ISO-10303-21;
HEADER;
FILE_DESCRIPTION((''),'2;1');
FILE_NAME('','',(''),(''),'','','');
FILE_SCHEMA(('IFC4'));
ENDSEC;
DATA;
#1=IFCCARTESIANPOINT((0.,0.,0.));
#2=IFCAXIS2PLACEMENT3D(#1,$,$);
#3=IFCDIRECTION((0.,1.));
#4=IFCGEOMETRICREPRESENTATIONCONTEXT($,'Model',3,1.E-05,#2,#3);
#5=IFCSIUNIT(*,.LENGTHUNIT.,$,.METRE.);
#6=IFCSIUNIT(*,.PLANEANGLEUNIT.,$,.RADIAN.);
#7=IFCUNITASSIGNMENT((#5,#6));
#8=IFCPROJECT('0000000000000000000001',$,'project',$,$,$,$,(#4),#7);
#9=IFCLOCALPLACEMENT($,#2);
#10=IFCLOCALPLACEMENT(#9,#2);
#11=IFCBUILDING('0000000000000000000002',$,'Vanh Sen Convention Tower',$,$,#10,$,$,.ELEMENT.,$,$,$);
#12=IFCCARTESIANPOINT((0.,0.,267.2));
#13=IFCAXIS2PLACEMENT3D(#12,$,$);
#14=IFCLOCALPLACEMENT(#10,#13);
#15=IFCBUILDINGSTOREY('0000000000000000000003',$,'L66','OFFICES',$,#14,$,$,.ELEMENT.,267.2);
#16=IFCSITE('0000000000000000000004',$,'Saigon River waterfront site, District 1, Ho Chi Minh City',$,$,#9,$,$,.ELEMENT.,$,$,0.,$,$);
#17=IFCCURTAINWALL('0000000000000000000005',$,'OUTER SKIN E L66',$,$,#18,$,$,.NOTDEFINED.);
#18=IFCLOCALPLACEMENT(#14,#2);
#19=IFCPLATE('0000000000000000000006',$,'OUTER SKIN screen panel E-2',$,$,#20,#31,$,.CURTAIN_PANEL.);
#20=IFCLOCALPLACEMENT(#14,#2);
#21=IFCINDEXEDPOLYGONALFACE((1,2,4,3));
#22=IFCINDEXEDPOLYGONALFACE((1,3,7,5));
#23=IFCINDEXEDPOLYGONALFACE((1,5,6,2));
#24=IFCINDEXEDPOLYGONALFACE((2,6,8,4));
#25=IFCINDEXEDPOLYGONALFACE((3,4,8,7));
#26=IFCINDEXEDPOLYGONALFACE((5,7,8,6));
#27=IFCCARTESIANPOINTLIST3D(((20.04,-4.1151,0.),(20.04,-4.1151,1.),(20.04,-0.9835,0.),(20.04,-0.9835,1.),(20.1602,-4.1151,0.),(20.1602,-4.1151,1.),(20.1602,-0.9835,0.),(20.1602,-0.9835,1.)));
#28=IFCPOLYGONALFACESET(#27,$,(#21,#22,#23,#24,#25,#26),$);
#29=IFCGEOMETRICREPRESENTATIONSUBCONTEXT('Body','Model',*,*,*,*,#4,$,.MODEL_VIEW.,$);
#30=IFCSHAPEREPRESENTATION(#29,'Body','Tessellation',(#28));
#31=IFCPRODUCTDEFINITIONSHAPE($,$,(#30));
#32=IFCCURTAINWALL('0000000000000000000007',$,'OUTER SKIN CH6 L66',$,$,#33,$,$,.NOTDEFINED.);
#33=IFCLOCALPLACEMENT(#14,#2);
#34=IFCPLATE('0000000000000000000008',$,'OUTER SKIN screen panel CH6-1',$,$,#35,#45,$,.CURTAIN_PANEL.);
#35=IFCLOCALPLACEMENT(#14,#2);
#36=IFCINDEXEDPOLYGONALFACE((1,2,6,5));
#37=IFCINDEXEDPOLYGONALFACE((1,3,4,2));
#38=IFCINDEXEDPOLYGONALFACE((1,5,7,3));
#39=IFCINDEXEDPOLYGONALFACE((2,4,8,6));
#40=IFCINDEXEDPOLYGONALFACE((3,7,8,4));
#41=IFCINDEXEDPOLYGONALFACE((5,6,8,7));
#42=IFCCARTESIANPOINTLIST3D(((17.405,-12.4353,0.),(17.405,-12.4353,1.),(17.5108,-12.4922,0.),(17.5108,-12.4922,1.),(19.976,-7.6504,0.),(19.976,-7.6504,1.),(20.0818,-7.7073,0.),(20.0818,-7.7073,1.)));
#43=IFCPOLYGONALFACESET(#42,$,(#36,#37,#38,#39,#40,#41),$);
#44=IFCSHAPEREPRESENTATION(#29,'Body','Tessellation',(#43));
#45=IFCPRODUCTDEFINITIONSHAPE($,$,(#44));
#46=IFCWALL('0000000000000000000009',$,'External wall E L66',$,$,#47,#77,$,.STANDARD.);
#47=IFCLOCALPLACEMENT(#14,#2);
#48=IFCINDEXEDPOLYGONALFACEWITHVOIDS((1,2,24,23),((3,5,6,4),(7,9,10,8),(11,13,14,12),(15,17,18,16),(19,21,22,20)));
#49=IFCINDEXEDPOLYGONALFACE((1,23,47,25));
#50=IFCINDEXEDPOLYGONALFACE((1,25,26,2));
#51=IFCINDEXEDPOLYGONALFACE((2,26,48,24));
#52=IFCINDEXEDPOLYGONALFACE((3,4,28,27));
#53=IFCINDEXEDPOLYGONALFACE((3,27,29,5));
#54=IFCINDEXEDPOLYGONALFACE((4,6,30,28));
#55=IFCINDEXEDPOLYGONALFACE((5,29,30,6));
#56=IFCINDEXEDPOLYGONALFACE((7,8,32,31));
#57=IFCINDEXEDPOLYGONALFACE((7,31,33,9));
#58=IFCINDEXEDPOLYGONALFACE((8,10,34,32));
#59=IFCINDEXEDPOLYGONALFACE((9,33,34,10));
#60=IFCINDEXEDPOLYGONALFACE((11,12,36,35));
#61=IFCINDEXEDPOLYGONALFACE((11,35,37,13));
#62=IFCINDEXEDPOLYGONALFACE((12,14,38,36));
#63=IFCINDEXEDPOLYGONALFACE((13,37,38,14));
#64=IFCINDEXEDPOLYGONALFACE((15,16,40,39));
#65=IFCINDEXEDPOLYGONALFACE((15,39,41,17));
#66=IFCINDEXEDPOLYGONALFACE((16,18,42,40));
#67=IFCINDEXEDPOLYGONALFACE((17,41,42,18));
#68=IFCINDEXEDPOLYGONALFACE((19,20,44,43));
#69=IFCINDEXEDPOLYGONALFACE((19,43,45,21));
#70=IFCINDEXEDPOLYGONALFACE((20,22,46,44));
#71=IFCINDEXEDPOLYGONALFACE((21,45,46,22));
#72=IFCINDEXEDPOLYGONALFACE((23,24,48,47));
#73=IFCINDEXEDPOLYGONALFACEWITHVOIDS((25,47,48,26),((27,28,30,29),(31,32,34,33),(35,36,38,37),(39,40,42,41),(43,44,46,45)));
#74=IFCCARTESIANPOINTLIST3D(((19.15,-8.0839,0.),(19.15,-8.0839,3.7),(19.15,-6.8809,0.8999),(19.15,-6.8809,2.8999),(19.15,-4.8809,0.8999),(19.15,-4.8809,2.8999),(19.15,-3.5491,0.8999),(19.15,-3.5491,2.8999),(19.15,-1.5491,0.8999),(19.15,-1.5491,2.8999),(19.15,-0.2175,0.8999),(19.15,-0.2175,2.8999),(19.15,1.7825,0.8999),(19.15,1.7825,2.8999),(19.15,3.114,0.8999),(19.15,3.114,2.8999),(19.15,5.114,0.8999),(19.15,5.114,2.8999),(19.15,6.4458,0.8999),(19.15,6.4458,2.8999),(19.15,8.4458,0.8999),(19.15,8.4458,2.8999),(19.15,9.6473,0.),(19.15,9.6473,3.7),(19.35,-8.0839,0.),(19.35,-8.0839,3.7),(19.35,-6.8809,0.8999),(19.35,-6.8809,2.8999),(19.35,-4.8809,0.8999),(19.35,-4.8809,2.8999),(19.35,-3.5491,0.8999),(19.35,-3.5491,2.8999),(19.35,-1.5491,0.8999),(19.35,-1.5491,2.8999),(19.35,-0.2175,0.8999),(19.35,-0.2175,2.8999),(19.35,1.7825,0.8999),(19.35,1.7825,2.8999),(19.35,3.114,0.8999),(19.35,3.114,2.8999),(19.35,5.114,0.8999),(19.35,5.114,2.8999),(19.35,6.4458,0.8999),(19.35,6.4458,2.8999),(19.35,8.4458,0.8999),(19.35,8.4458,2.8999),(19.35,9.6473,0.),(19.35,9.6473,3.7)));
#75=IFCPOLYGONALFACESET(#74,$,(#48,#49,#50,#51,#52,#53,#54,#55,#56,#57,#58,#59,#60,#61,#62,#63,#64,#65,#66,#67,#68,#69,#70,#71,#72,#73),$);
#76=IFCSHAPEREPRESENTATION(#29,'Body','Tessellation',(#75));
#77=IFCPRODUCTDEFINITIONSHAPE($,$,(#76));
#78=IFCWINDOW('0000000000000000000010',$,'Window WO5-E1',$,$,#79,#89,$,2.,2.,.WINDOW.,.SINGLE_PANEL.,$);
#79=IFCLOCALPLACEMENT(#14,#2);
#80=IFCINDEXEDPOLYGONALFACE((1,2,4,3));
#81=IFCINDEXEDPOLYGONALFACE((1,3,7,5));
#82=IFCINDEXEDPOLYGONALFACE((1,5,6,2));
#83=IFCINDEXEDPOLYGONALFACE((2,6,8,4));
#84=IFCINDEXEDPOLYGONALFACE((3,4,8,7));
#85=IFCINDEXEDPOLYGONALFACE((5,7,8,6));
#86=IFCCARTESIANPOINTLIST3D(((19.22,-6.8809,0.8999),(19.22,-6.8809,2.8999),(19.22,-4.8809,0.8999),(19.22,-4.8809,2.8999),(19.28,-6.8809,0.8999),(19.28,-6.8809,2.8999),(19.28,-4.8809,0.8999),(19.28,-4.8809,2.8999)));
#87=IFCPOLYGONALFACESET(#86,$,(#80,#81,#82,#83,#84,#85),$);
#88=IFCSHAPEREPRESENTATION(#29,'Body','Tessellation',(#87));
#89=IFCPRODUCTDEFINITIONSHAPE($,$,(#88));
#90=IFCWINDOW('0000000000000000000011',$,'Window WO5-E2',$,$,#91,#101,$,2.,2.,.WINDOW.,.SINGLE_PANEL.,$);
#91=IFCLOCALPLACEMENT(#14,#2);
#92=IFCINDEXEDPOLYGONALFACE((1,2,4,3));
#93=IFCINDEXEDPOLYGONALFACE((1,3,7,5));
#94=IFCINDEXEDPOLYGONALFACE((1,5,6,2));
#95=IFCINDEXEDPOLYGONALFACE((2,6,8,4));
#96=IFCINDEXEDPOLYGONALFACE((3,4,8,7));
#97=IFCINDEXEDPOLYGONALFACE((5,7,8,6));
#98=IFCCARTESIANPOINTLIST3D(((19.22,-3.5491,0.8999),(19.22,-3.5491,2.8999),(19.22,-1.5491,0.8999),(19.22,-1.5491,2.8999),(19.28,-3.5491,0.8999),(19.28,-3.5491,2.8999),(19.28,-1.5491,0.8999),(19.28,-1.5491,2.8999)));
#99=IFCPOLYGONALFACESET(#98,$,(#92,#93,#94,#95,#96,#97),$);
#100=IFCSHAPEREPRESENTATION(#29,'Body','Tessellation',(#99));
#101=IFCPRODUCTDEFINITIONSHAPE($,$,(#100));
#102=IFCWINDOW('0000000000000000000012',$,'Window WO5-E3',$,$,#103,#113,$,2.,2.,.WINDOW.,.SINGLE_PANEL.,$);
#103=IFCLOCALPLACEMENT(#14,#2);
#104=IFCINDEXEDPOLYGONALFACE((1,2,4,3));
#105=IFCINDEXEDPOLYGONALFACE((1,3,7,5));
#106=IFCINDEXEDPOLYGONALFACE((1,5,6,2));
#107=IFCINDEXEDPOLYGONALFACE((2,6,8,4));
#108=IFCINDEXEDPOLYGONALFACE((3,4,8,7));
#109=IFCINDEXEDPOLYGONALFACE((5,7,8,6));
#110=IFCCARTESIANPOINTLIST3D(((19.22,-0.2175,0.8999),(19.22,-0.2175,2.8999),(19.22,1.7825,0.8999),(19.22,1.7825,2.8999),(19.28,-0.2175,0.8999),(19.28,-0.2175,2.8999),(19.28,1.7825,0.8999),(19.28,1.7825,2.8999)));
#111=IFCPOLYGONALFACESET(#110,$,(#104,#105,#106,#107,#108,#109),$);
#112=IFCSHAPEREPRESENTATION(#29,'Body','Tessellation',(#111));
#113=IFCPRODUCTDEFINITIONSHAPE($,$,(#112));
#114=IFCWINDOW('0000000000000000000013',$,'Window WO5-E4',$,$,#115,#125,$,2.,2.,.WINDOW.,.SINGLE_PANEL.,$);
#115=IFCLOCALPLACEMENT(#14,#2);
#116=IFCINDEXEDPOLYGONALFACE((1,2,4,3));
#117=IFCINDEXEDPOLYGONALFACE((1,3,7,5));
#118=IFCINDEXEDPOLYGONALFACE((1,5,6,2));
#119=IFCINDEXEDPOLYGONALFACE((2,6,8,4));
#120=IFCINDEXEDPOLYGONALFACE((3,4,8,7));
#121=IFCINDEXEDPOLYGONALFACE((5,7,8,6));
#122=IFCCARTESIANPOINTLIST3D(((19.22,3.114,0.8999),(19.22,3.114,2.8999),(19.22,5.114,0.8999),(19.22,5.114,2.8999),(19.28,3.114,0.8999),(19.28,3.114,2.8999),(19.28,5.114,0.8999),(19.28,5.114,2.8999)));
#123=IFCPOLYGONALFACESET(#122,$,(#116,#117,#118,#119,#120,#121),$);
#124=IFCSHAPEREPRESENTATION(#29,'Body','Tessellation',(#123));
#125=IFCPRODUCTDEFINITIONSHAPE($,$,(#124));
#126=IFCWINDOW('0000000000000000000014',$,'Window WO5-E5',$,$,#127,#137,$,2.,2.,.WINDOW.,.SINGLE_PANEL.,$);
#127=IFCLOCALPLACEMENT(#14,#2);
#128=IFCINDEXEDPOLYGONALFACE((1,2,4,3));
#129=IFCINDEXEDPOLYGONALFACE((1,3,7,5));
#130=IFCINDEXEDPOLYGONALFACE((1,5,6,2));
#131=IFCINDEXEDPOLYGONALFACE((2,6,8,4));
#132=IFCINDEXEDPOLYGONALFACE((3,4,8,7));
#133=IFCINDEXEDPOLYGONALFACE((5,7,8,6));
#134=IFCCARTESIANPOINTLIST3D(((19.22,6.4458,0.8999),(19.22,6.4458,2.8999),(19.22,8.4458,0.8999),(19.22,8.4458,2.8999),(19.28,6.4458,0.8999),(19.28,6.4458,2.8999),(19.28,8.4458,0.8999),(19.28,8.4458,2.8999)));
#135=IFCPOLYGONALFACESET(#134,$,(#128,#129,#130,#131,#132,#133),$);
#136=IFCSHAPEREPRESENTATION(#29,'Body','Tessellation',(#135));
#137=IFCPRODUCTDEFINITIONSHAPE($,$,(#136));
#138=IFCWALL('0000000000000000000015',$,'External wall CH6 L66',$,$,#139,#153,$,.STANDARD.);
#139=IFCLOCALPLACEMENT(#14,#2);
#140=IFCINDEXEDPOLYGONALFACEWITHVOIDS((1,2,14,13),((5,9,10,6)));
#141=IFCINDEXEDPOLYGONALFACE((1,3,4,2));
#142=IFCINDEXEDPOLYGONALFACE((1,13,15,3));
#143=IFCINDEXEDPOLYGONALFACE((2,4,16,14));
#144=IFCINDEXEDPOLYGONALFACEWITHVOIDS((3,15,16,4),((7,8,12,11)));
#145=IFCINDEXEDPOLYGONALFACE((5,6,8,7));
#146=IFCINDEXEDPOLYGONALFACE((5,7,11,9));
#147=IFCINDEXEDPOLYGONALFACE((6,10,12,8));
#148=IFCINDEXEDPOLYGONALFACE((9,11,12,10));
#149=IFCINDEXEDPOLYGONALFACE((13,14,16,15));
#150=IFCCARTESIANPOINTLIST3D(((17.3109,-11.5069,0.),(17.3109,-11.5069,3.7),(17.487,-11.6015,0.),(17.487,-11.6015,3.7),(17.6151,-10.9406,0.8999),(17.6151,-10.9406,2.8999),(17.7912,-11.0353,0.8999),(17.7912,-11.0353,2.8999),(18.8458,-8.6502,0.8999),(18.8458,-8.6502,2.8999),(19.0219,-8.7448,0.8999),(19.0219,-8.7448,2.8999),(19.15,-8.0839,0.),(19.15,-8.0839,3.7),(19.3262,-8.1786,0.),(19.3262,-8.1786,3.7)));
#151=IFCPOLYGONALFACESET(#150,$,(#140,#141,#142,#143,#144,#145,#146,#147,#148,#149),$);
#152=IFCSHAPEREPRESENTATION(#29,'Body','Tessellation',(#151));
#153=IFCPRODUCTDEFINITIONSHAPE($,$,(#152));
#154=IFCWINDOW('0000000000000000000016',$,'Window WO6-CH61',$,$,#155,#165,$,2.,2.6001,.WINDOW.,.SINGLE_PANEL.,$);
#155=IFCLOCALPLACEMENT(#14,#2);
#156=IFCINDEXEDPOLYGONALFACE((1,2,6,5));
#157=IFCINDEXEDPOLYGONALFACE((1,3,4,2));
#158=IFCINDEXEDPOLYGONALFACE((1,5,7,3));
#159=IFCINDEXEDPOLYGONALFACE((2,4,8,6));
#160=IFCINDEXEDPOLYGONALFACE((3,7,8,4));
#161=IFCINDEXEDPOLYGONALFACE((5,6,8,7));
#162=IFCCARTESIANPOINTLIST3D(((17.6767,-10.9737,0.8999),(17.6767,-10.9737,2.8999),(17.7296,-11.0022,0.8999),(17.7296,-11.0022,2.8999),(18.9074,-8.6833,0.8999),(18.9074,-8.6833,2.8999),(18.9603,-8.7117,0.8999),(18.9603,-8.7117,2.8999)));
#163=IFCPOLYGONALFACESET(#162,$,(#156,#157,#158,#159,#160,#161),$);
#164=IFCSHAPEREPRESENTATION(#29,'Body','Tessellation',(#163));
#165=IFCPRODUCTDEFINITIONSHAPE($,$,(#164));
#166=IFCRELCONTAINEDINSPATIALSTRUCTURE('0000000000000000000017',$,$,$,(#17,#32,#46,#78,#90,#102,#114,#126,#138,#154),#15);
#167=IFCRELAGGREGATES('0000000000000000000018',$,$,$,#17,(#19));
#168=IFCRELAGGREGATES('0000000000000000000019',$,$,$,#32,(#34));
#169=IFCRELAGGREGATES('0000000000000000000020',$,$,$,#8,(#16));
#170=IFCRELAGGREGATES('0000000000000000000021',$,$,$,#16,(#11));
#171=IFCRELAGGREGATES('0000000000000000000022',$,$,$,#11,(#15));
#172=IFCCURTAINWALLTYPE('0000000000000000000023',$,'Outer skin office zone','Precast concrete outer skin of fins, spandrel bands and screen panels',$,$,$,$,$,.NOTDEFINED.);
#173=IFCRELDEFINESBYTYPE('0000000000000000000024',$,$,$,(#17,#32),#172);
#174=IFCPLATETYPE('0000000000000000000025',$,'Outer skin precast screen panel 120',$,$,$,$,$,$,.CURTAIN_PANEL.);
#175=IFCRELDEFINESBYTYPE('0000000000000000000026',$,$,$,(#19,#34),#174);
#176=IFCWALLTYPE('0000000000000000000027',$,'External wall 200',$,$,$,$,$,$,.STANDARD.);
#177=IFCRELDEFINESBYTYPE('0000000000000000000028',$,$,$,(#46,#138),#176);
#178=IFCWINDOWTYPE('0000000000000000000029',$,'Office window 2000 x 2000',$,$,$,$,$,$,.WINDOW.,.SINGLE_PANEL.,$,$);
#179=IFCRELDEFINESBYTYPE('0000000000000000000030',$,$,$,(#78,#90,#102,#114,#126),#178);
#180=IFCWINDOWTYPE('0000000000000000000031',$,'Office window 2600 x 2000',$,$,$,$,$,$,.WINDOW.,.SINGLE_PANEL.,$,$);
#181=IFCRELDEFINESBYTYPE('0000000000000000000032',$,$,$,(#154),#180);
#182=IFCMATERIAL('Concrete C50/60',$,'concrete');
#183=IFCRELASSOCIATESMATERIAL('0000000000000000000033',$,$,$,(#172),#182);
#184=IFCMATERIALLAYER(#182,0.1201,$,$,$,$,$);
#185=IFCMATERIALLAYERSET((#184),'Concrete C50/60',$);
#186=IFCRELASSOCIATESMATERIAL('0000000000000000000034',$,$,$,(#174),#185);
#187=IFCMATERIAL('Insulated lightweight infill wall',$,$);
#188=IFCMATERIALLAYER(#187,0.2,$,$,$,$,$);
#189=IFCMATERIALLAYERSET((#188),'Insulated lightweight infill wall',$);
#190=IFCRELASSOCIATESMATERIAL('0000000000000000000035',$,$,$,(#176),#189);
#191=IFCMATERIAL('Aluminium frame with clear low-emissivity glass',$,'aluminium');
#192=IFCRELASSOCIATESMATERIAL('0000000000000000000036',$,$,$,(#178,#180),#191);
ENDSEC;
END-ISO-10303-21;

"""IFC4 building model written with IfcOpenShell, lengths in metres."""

from ifc_helpers import new_model, si_unit, direction, frame, frame_2d, origin, origin_2d, place, context, subcontext, project, spatial, rectangle, extrude, material, layer, layer_set, type_object, element, fill, aggregate, save


model = new_model("IFC4")

# Units and contexts
model_context = context("Model", 3, precision=1e-05, world=origin(), true_north=direction((0.0, 1.0)))
body_context = subcontext(model_context, "Body", "Model", "MODEL_VIEW")
ifc_project = project(units=[si_unit("LENGTHUNIT", "METRE"), si_unit("PLANEANGLEUNIT", "RADIAN")], contexts=[model_context])

# Site, building, storey
site_placement = place(None, origin())
site = spatial("IfcSite", under=ifc_project, at=site_placement, Name="Saigon River waterfront site, District 1, Ho Chi Minh City", CompositionType="ELEMENT", RefElevation=0.0)
building_placement = place(site_placement, origin())
building = spatial("IfcBuilding", under=site, at=building_placement, Name="Vanh Sen Convention Tower", CompositionType="ELEMENT")
storey_placement = place(building_placement, frame((0.0, 0.0, 267.2)))
storey = spatial("IfcBuildingStorey", under=building, at=storey_placement, Name="L66", Description="OFFICES", CompositionType="ELEMENT", Elevation=267.2)

# Curtain wall
ifc_material_1 = material(Name="Concrete C50/60", Category="concrete")
curtain_wall_type = type_object("IfcCurtainWallType", Name="Outer skin office zone", Description="Precast concrete outer skin of fins, spandrel bands and screen panels", PredefinedType="NOTDEFINED", material=ifc_material_1)
curtain_wall_1_placement = place(storey_placement, origin())
curtain_wall_1 = element("IfcCurtainWall", 1, at=curtain_wall_1_placement, inside=storey, type_object=curtain_wall_type, Name="OUTER SKIN E L66", PredefinedType="NOTDEFINED")

# Plate
ifc_layer_1 = layer(ifc_material_1, 0.1201)
ifc_layer_set_1 = layer_set([ifc_layer_1], Name="Concrete C50/60")
plate_type = type_object("IfcPlateType", Name="Outer skin precast screen panel 120", PredefinedType="CURTAIN_PANEL", material=ifc_layer_set_1)
plate_1_placement = place(storey_placement, frame((20.1001, -2.5493, 0.0), z_axis=(0.0, 0.0, 1.0), x_axis=(0.0, 1.0, 0.0)))
plate_1 = element("IfcPlate", 2, at=plate_1_placement, type_object=plate_type, Name="OUTER SKIN screen panel E-2", PredefinedType="CURTAIN_PANEL", context=body_context, shape_type="SweptSolid", body=[
    extrude(rectangle(XDim=3.1316, YDim=0.1201, at=origin_2d()), origin(), (0.0, 0.0, 1.0), 1.0),
])
aggregate(curtain_wall_1, [plate_1])

# Curtain wall, plate
curtain_wall_2_placement = place(storey_placement, origin())
curtain_wall_2 = element("IfcCurtainWall", 3, at=curtain_wall_2_placement, inside=storey, type_object=curtain_wall_type, Name="OUTER SKIN CH6 L66", PredefinedType="NOTDEFINED")
plate_2_placement = place(storey_placement, frame((18.7434, -10.0713, 0.0), z_axis=(0.0, 0.0, 1.0), x_axis=(0.473324, 0.880888, 0.0)))
plate_2 = element("IfcPlate", 4, at=plate_2_placement, type_object=plate_type, Name="OUTER SKIN screen panel CH6-1", PredefinedType="CURTAIN_PANEL", context=body_context, shape_type="SweptSolid", body=[
    extrude(rectangle(XDim=5.4319, YDim=0.1201, at=origin_2d()), origin(), (0.0, 0.0, 1.0), 1.0),
])
aggregate(curtain_wall_2, [plate_2])

# Wall, openings, windows
ifc_material_2 = material(Name="Insulated lightweight infill wall")
ifc_layer_2 = layer(ifc_material_2, 0.2)
ifc_layer_set_2 = layer_set([ifc_layer_2], Name="Insulated lightweight infill wall")
wall_type = type_object("IfcWallType", Name="External wall 200", PredefinedType="STANDARD", material=ifc_layer_set_2)
wall_1_placement = place(storey_placement, frame((19.25, -8.084, 0.0), z_axis=(0.0, 0.0, 1.0), x_axis=(0.0, 1.0, 0.0)))
wall_1 = element("IfcWall", 5, at=wall_1_placement, inside=storey, type_object=wall_type, Name="External wall E L66", PredefinedType="STANDARD", context=body_context, shape_type="SweptSolid", body=[
    extrude(rectangle(XDim=17.7312, YDim=0.2, at=frame_2d((8.8657, 0.0))), origin(), (0.0, 0.0, 1.0), 3.7),
])
opening_1_placement = place(wall_1_placement, frame((1.2031, 0.0, 0.8999)))
opening_1 = element("IfcOpeningElement", 6, at=opening_1_placement, cuts=wall_1, PredefinedType="OPENING", context=body_context, shape_type="SweptSolid", body=[
    extrude(rectangle(XDim=2.0, YDim=2.0, at=frame_2d((1.0, 1.0))), frame((0.0, 0.1099, 0.0), z_axis=(0.0, -1.0, 0.0), x_axis=(1.0, 0.0, 0.0)), (0.0, 0.0, 1.0), 0.22),
])
opening_2_placement = place(wall_1_placement, frame((4.5349, 0.0, 0.8999)))
opening_2 = element("IfcOpeningElement", 7, at=opening_2_placement, cuts=wall_1, PredefinedType="OPENING", context=body_context, shape_type="SweptSolid", body=[
    extrude(rectangle(XDim=2.0, YDim=2.0, at=frame_2d((1.0, 1.0))), frame((0.0, 0.1099, 0.0), z_axis=(0.0, -1.0, 0.0), x_axis=(1.0, 0.0, 0.0)), (0.0, 0.0, 1.0), 0.22),
])
opening_3_placement = place(wall_1_placement, frame((7.8665, 0.0, 0.8999)))
opening_3 = element("IfcOpeningElement", 8, at=opening_3_placement, cuts=wall_1, PredefinedType="OPENING", context=body_context, shape_type="SweptSolid", body=[
    extrude(rectangle(XDim=2.0, YDim=2.0, at=frame_2d((1.0, 1.0))), frame((0.0, 0.1099, 0.0), z_axis=(0.0, -1.0, 0.0), x_axis=(1.0, 0.0, 0.0)), (0.0, 0.0, 1.0), 0.22),
])
opening_4_placement = place(wall_1_placement, frame((11.198, 0.0, 0.8999)))
opening_4 = element("IfcOpeningElement", 9, at=opening_4_placement, cuts=wall_1, PredefinedType="OPENING", context=body_context, shape_type="SweptSolid", body=[
    extrude(rectangle(XDim=2.0, YDim=2.0, at=frame_2d((1.0, 1.0))), frame((0.0, 0.1099, 0.0), z_axis=(0.0, -1.0, 0.0), x_axis=(1.0, 0.0, 0.0)), (0.0, 0.0, 1.0), 0.22),
])
opening_5_placement = place(wall_1_placement, frame((14.5298, 0.0, 0.8999)))
opening_5 = element("IfcOpeningElement", 10, at=opening_5_placement, cuts=wall_1, PredefinedType="OPENING", context=body_context, shape_type="SweptSolid", body=[
    extrude(rectangle(XDim=2.0, YDim=2.0, at=frame_2d((1.0, 1.0))), frame((0.0, 0.1099, 0.0), z_axis=(0.0, -1.0, 0.0), x_axis=(1.0, 0.0, 0.0)), (0.0, 0.0, 1.0), 0.22),
])
ifc_material_3 = material(Name="Aluminium frame with clear low-emissivity glass", Category="aluminium")
window_type_1 = type_object("IfcWindowType", Name="Office window 2000 x 2000", PartitioningType="SINGLE_PANEL", PredefinedType="WINDOW", material=ifc_material_3)
window_1_placement = place(opening_1_placement, origin())
window_1 = element("IfcWindow", 11, at=window_1_placement, inside=storey, type_object=window_type_1, Name="Window WO5-E1", OverallHeight=2.0, OverallWidth=2.0, PartitioningType="SINGLE_PANEL", PredefinedType="WINDOW", context=body_context, shape_type="SweptSolid", body=[
    extrude(rectangle(XDim=2.0, YDim=2.0, at=frame_2d((1.0, 1.0))), frame((0.0, 0.03, 0.0), z_axis=(0.0, -1.0, 0.0), x_axis=(1.0, 0.0, 0.0)), (0.0, 0.0, 1.0), 0.0601),
])
fill(opening_1, window_1)
window_2_placement = place(opening_2_placement, origin())
window_2 = element("IfcWindow", 12, at=window_2_placement, inside=storey, type_object=window_type_1, Name="Window WO5-E2", OverallHeight=2.0, OverallWidth=2.0, PartitioningType="SINGLE_PANEL", PredefinedType="WINDOW", context=body_context, shape_type="SweptSolid", body=[
    extrude(rectangle(XDim=2.0, YDim=2.0, at=frame_2d((1.0, 1.0))), frame((0.0, 0.03, 0.0), z_axis=(0.0, -1.0, 0.0), x_axis=(1.0, 0.0, 0.0)), (0.0, 0.0, 1.0), 0.0601),
])
fill(opening_2, window_2)
window_3_placement = place(opening_3_placement, origin())
window_3 = element("IfcWindow", 13, at=window_3_placement, inside=storey, type_object=window_type_1, Name="Window WO5-E3", OverallHeight=2.0, OverallWidth=2.0, PartitioningType="SINGLE_PANEL", PredefinedType="WINDOW", context=body_context, shape_type="SweptSolid", body=[
    extrude(rectangle(XDim=2.0, YDim=2.0, at=frame_2d((1.0, 1.0))), frame((0.0, 0.03, 0.0), z_axis=(0.0, -1.0, 0.0), x_axis=(1.0, 0.0, 0.0)), (0.0, 0.0, 1.0), 0.0601),
])
fill(opening_3, window_3)
window_4_placement = place(opening_4_placement, origin())
window_4 = element("IfcWindow", 14, at=window_4_placement, inside=storey, type_object=window_type_1, Name="Window WO5-E4", OverallHeight=2.0, OverallWidth=2.0, PartitioningType="SINGLE_PANEL", PredefinedType="WINDOW", context=body_context, shape_type="SweptSolid", body=[
    extrude(rectangle(XDim=2.0, YDim=2.0, at=frame_2d((1.0, 1.0))), frame((0.0, 0.03, 0.0), z_axis=(0.0, -1.0, 0.0), x_axis=(1.0, 0.0, 0.0)), (0.0, 0.0, 1.0), 0.0601),
])
fill(opening_4, window_4)
window_5_placement = place(opening_5_placement, origin())
window_5 = element("IfcWindow", 15, at=window_5_placement, inside=storey, type_object=window_type_1, Name="Window WO5-E5", OverallHeight=2.0, OverallWidth=2.0, PartitioningType="SINGLE_PANEL", PredefinedType="WINDOW", context=body_context, shape_type="SweptSolid", body=[
    extrude(rectangle(XDim=2.0, YDim=2.0, at=frame_2d((1.0, 1.0))), frame((0.0, 0.03, 0.0), z_axis=(0.0, -1.0, 0.0), x_axis=(1.0, 0.0, 0.0)), (0.0, 0.0, 1.0), 0.0601),
])
fill(opening_5, window_5)

# Wall, opening, window
wall_2_placement = place(storey_placement, frame((17.3989, -11.5542, 0.0), z_axis=(0.0, 0.0, 1.0), x_axis=(0.473309, 0.880896, 0.0)))
wall_2 = element("IfcWall", 16, at=wall_2_placement, inside=storey, type_object=wall_type, Name="External wall CH6 L66", PredefinedType="STANDARD", context=body_context, shape_type="SweptSolid", body=[
    extrude(rectangle(XDim=3.8857, YDim=0.2, at=frame_2d((1.9429, 0.0))), origin(), (0.0, 0.0, 1.0), 3.7),
])
opening_6_placement = place(wall_2_placement, frame((0.6428, 0.0, 0.8999)))
opening_6 = element("IfcOpeningElement", 17, at=opening_6_placement, cuts=wall_2, PredefinedType="OPENING", context=body_context, shape_type="SweptSolid", body=[
    extrude(rectangle(XDim=2.6001, YDim=2.0, at=frame_2d((1.3, 1.0))), frame((0.0, 0.1099, 0.0), z_axis=(0.0, -1.0, 0.0), x_axis=(1.0, 0.0, 0.0)), (0.0, 0.0, 1.0), 0.22),
])
window_type_2 = type_object("IfcWindowType", Name="Office window 2600 x 2000", PartitioningType="SINGLE_PANEL", PredefinedType="WINDOW", material=ifc_material_3)
window_6_placement = place(opening_6_placement, origin())
window_6 = element("IfcWindow", 18, at=window_6_placement, inside=storey, type_object=window_type_2, Name="Window WO6-CH61", OverallHeight=2.0, OverallWidth=2.6001, PartitioningType="SINGLE_PANEL", PredefinedType="WINDOW", context=body_context, shape_type="SweptSolid", body=[
    extrude(rectangle(XDim=2.6001, YDim=2.0, at=frame_2d((1.3, 1.0))), frame((0.0, 0.03, 0.0), z_axis=(0.0, -1.0, 0.0), x_axis=(1.0, 0.0, 0.0)), (0.0, 0.0, 1.0), 0.0601),
])
fill(opening_6, window_6)

save(model, "model.ifc")
